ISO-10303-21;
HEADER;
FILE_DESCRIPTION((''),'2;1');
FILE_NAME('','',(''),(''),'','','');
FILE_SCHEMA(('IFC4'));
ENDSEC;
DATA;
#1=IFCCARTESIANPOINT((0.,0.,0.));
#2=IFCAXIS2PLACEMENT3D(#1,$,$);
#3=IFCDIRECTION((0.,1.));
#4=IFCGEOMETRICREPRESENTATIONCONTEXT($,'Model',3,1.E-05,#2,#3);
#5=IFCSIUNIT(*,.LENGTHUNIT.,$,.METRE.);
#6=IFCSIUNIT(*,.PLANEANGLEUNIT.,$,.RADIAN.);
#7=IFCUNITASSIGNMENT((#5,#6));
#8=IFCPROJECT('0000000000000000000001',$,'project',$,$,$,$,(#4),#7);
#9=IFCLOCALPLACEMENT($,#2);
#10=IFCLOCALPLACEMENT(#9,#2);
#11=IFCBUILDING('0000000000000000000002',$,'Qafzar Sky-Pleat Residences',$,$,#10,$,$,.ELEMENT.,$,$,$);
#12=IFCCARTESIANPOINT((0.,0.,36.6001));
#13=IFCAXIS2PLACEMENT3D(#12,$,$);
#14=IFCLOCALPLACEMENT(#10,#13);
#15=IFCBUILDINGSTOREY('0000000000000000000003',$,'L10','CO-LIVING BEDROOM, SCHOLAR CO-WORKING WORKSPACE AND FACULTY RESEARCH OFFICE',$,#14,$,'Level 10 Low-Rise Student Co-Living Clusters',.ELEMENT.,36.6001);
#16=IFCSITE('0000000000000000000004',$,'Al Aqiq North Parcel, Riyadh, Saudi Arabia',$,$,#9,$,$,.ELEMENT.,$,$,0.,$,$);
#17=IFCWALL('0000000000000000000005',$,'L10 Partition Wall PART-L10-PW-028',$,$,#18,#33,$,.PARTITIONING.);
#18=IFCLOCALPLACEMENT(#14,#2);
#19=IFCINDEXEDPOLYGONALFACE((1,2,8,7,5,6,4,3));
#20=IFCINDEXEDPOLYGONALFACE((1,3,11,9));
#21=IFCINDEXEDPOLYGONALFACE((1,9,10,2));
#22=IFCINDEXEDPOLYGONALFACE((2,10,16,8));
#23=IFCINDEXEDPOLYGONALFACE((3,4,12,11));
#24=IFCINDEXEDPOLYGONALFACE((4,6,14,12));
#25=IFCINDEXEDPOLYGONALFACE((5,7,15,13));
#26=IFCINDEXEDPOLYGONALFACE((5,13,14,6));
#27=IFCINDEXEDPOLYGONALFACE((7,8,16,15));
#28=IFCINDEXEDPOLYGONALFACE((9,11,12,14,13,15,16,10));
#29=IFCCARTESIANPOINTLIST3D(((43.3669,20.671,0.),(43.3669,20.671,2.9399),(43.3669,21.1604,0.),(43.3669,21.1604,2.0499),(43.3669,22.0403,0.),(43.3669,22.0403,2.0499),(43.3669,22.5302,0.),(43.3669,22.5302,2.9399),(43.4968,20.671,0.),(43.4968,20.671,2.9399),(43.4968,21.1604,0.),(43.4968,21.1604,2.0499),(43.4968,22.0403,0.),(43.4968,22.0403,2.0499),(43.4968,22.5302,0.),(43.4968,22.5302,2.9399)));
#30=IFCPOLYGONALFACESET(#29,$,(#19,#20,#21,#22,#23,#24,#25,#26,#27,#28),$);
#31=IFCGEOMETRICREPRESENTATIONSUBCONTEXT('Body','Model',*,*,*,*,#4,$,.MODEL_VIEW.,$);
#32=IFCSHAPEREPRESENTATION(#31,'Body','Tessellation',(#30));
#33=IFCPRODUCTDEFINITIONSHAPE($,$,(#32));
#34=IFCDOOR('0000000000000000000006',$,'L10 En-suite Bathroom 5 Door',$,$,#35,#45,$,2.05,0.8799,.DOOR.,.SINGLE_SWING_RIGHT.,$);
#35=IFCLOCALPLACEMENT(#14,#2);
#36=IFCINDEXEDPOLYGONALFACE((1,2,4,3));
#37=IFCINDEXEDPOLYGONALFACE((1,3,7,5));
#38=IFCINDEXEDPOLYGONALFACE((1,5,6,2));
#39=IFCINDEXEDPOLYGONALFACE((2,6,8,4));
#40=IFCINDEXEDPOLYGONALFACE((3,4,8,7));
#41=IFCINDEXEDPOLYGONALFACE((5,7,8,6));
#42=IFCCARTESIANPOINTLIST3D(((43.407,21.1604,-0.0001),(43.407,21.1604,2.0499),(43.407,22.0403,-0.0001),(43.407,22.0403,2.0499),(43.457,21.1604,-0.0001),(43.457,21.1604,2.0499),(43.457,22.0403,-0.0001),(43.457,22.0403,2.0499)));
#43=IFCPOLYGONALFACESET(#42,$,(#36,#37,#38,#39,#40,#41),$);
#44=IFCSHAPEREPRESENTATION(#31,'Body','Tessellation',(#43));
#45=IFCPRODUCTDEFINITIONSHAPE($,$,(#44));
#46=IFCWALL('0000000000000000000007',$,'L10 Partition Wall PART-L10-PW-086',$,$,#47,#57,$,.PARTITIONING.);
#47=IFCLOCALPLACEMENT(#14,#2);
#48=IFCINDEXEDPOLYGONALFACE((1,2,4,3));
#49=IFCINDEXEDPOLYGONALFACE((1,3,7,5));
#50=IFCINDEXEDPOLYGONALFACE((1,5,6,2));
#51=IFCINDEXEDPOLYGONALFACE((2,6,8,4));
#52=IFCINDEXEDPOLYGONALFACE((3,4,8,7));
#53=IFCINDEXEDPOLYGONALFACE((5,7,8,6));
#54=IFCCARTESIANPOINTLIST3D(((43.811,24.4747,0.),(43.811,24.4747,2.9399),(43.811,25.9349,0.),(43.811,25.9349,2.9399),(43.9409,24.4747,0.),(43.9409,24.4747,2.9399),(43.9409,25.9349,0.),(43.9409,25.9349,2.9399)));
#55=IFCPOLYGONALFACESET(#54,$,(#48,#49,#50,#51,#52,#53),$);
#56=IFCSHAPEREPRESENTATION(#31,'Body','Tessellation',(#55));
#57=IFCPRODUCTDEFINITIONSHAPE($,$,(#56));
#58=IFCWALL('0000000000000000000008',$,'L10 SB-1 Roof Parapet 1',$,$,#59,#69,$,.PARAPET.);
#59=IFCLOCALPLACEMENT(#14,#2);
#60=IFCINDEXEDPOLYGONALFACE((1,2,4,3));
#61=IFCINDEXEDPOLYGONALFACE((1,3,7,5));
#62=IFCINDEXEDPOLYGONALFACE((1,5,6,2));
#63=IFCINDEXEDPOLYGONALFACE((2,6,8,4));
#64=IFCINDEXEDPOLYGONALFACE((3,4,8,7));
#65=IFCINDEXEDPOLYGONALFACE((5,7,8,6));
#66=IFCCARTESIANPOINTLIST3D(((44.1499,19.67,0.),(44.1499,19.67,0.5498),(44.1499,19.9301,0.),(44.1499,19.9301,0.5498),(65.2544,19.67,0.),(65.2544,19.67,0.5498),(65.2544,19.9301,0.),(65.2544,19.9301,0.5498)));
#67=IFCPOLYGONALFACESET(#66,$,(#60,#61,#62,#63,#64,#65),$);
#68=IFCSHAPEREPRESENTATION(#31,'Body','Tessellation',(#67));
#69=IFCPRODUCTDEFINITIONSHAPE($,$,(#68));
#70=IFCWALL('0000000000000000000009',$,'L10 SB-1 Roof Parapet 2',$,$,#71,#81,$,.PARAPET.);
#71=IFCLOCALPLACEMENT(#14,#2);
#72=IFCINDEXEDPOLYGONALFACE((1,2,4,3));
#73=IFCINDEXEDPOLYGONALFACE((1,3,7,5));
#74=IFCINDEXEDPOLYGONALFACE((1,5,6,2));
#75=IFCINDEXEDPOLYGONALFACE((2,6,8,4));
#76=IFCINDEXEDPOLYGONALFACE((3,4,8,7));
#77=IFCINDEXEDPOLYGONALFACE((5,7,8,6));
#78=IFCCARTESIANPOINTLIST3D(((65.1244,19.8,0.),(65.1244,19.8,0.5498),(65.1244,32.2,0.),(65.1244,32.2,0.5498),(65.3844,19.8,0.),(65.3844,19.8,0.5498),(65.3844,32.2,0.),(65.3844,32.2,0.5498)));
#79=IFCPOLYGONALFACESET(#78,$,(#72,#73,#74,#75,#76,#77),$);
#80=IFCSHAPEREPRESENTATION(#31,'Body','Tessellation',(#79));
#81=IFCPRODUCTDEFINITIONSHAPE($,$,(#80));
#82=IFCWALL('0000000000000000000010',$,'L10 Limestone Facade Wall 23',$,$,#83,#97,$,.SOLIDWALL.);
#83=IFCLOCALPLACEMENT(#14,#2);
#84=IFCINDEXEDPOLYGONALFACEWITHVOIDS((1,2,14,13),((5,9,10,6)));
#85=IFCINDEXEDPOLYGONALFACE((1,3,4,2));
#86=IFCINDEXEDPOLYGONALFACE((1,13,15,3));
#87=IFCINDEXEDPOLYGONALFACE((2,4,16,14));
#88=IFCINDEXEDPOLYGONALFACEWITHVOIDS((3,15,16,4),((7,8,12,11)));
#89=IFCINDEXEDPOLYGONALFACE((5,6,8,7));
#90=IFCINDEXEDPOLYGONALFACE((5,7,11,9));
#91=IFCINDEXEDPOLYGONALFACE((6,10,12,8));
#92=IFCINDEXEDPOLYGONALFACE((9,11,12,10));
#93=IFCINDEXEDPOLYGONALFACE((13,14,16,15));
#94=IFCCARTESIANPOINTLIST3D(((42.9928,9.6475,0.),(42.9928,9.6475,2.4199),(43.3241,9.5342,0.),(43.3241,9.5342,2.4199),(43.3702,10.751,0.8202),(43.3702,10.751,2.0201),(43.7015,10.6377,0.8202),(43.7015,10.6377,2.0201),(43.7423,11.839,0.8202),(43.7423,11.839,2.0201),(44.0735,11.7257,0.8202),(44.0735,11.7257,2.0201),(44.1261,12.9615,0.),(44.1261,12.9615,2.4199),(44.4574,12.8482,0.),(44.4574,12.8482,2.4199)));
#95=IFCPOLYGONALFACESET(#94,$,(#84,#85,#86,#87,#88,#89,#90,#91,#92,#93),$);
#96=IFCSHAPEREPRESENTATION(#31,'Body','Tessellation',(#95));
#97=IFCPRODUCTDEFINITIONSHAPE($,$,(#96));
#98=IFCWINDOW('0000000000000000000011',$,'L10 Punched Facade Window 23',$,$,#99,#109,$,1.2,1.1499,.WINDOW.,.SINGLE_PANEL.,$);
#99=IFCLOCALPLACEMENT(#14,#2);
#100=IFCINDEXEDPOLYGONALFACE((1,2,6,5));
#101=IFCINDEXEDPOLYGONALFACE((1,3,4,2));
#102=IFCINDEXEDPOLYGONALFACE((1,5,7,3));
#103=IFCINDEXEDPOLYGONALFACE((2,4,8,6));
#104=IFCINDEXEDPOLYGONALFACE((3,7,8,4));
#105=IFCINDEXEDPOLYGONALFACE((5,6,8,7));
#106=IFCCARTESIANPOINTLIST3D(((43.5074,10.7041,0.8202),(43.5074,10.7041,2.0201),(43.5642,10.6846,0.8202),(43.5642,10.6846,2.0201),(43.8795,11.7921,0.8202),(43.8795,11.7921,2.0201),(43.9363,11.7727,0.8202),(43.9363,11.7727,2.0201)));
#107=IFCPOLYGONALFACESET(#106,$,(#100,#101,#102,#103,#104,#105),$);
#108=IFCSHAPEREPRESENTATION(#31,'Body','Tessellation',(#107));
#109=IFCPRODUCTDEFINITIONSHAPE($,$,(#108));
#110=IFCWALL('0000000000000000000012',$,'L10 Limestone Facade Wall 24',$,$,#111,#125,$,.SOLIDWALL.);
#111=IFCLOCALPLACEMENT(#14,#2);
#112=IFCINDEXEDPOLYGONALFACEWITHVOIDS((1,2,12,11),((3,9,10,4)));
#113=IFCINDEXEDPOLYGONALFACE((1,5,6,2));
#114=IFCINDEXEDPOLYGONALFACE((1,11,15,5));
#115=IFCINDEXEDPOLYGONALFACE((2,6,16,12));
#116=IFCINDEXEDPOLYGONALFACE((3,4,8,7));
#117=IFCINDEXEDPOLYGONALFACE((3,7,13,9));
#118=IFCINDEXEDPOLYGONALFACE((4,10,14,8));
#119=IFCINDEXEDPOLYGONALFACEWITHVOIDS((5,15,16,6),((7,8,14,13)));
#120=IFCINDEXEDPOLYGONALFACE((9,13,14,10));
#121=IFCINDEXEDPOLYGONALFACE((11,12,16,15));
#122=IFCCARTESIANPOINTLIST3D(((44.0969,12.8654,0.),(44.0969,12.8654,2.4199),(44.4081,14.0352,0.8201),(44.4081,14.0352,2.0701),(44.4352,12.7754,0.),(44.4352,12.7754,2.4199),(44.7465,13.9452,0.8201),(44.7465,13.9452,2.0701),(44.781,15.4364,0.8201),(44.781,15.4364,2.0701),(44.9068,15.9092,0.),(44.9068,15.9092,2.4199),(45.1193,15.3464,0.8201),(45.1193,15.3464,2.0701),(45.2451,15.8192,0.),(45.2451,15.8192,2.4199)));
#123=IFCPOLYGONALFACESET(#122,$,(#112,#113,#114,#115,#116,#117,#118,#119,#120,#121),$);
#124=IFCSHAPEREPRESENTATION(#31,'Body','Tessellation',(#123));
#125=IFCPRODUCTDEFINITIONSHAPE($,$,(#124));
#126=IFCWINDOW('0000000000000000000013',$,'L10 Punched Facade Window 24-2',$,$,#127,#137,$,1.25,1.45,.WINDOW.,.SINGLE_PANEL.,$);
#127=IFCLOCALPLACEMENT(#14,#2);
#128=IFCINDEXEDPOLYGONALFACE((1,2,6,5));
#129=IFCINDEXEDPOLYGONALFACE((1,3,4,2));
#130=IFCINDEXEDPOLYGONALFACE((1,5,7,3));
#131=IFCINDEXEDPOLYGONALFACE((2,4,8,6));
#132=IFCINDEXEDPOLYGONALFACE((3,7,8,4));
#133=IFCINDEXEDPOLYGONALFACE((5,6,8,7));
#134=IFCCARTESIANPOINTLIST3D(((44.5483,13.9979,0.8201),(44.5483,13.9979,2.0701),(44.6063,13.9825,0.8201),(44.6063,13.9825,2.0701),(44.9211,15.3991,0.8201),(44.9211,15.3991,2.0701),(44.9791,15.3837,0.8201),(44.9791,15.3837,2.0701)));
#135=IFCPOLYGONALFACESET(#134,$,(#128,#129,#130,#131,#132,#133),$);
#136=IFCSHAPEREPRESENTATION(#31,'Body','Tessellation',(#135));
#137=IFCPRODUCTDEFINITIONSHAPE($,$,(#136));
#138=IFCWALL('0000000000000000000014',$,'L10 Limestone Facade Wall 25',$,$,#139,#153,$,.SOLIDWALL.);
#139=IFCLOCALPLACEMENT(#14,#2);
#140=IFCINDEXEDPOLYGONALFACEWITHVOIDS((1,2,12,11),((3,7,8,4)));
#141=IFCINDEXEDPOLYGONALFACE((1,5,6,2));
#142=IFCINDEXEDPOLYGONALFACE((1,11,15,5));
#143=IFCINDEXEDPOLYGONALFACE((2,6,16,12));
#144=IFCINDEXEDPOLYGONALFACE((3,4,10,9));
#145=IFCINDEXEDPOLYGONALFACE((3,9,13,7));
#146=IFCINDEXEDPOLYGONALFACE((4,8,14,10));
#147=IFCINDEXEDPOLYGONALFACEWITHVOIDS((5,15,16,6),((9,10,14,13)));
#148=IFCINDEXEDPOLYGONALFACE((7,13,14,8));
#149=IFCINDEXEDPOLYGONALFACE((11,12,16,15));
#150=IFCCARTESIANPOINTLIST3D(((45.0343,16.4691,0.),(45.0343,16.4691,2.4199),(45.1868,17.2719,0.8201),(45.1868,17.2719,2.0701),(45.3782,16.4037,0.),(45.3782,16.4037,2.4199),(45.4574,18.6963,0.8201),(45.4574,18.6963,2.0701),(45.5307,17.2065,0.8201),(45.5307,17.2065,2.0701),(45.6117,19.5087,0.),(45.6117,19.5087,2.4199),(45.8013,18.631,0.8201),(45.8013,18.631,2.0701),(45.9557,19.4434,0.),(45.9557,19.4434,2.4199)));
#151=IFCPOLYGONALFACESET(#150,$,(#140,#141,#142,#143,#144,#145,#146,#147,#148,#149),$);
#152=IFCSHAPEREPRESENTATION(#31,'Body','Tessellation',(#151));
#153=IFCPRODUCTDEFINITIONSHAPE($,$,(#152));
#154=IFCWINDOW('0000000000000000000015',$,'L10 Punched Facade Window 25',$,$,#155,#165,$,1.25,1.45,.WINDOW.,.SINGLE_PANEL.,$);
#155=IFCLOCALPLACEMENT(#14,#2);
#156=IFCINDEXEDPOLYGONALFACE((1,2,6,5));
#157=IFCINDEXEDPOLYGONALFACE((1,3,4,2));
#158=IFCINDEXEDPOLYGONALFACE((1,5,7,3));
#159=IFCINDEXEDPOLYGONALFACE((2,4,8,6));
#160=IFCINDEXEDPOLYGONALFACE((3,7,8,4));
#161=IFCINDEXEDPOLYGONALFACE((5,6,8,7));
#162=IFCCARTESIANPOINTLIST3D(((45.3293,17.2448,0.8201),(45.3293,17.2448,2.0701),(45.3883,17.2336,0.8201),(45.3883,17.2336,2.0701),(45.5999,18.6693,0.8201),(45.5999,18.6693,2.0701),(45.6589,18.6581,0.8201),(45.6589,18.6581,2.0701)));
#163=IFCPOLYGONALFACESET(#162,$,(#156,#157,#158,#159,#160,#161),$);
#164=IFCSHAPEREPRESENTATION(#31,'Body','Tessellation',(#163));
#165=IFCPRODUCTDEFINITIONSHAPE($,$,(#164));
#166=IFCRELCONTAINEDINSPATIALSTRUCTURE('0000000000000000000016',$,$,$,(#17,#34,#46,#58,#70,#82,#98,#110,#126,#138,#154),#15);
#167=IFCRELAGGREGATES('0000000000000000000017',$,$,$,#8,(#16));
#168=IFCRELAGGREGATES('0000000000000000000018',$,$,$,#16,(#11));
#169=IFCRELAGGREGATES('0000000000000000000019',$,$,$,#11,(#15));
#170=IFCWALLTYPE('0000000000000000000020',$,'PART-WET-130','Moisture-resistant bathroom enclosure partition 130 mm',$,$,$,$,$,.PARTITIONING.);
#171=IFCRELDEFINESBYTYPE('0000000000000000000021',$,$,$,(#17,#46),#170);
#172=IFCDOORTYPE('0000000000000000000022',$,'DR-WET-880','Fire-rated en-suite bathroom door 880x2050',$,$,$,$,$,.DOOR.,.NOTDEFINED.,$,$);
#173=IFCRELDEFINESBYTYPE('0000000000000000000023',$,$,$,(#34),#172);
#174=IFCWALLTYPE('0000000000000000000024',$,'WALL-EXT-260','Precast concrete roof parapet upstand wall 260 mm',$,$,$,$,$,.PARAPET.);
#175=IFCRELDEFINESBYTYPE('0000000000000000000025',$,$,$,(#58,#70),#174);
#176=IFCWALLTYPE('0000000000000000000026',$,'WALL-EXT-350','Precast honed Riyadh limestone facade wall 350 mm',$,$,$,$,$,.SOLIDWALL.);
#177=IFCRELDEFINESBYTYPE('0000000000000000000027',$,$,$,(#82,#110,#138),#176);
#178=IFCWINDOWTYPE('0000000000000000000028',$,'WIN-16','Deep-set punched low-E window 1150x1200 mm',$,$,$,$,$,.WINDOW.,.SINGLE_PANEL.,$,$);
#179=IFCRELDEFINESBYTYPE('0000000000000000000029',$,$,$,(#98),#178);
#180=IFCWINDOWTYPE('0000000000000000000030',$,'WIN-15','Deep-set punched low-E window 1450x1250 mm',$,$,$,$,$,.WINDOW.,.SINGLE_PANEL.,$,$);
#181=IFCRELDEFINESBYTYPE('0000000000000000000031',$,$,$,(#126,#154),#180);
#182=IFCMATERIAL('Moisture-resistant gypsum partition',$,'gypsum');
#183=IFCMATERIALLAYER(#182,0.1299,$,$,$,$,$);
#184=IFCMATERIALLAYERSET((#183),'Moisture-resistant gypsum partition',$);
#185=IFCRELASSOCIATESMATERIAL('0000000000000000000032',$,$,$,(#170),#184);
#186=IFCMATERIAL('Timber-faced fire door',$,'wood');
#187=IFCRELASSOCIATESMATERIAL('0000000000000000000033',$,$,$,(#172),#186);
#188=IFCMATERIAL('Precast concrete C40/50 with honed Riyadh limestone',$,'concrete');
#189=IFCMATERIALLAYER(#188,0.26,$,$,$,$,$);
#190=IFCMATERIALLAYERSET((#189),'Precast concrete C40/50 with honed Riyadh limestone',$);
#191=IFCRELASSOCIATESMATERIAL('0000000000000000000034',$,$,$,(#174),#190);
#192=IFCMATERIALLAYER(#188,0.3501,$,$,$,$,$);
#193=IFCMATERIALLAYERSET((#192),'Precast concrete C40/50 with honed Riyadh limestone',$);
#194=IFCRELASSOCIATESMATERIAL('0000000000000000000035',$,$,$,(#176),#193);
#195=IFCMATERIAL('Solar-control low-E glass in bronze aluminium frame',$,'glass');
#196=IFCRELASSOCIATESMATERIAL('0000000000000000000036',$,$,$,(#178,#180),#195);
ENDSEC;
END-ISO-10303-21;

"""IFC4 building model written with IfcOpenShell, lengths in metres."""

from ifc_helpers import new_model, si_unit, direction, frame, frame_2d, origin, place, context, subcontext, project, spatial, rectangle, extrude, source, transform, mapped, material, layer, layer_set, type_object, element, fill, save


model = new_model("IFC4")

# Units and contexts
model_context = context("Model", 3, precision=1e-05, world=origin(), true_north=direction((0.0, 1.0)))
body_context = subcontext(model_context, "Body", "Model", "MODEL_VIEW")
ifc_project = project(units=[si_unit("LENGTHUNIT", "METRE"), si_unit("PLANEANGLEUNIT", "RADIAN")], contexts=[model_context])

# Site, building, storey
site_placement = place(None, origin())
site = spatial("IfcSite", under=ifc_project, at=site_placement, Name="Al Aqiq North Parcel, Riyadh, Saudi Arabia", CompositionType="ELEMENT", RefElevation=0.0)
building_placement = place(site_placement, origin())
building = spatial("IfcBuilding", under=site, at=building_placement, Name="Qafzar Sky-Pleat Residences", CompositionType="ELEMENT")
storey_placement = place(building_placement, frame((0.0, 0.0, 36.6001)))
storey = spatial("IfcBuildingStorey", under=building, at=storey_placement, Name="L10", Description="CO-LIVING BEDROOM, SCHOLAR CO-WORKING WORKSPACE AND FACULTY RESEARCH OFFICE", LongName="Level 10 Low-Rise Student Co-Living Clusters", CompositionType="ELEMENT", Elevation=36.6001)

# Wall, opening, door
ifc_material_1 = material(Name="Moisture-resistant gypsum partition", Category="gypsum")
ifc_layer_1 = layer(ifc_material_1, 0.1299)
ifc_layer_set_1 = layer_set([ifc_layer_1], Name="Moisture-resistant gypsum partition")
wall_type_1 = type_object("IfcWallType", Name="PART-WET-130", Description="Moisture-resistant bathroom enclosure partition 130 mm", PredefinedType="PARTITIONING", material=ifc_layer_set_1)
wall_1_placement = place(storey_placement, frame((43.4319, 20.6709, 0.0), z_axis=(0.0, 0.0, 1.0), x_axis=(0.0, 1.0, 0.0)))
wall_1 = element("IfcWall", 1, at=wall_1_placement, inside=storey, type_object=wall_type_1, Name="L10 Partition Wall PART-L10-PW-028", PredefinedType="PARTITIONING", context=body_context, shape_type="SweptSolid", body=[
    extrude(rectangle(XDim=1.8591, YDim=0.1299, at=frame_2d((0.9297, 0.0))), origin(), (0.0, 0.0, 1.0), 2.9399),
])
opening_1_placement = place(wall_1_placement, frame((0.4895, 0.0, 0.0)))
opening_1 = element("IfcOpeningElement", 2, at=opening_1_placement, cuts=wall_1, PredefinedType="OPENING", context=body_context, shape_type="SweptSolid", body=[
    extrude(rectangle(XDim=0.8799, YDim=2.05, at=frame_2d((0.4399, 1.0249))), frame((0.0, 0.075, 0.0), z_axis=(0.0, -1.0, 0.0), x_axis=(1.0, 0.0, 0.0)), (0.0, 0.0, 1.0), 0.1499),
])
ifc_material_2 = material(Name="Timber-faced fire door", Category="wood")
door_type = type_object("IfcDoorType", Name="DR-WET-880", Description="Fire-rated en-suite bathroom door 880x2050", OperationType="NOTDEFINED", PredefinedType="DOOR", material=ifc_material_2)
shared_shape_1 = source(origin(), body_context, "Body", "SweptSolid", [
    extrude(rectangle(XDim=0.8799, YDim=2.05, at=frame_2d((0.4399, 1.0249))), frame((0.0, 0.0249, 0.0), z_axis=(0.0, -1.0, 0.0), x_axis=(1.0, 0.0, 0.0)), (0.0, 0.0, 1.0), 0.05),
])
door_placement = place(opening_1_placement, origin())
door = element("IfcDoor", 3, at=door_placement, inside=storey, type_object=door_type, Name="L10 En-suite Bathroom 5 Door", OperationType="SINGLE_SWING_RIGHT", OverallHeight=2.05, OverallWidth=0.8799, PredefinedType="DOOR", context=body_context, shape_type="MappedRepresentation", body=[
    mapped(shared_shape_1, transform((0.0, 0.0, 0.0), x_axis=(1.0, 0.0, 0.0), y_axis=(0.0, 1.0, 0.0), z_axis=(0.0, 0.0, 1.0), scale=1.0)),
])
fill(opening_1, door)

# Walls
wall_2_placement = place(storey_placement, frame((43.876, 24.4749, 0.0), z_axis=(0.0, 0.0, 1.0), x_axis=(0.0, 1.0, 0.0)))
element("IfcWall", 4, at=wall_2_placement, inside=storey, type_object=wall_type_1, Name="L10 Partition Wall PART-L10-PW-086", PredefinedType="PARTITIONING", context=body_context, shape_type="SweptSolid", body=[
    extrude(rectangle(XDim=1.4602, YDim=0.1299, at=frame_2d((0.73, 0.0))), origin(), (0.0, 0.0, 1.0), 2.9399),
])
ifc_material_3 = material(Name="Precast concrete C40/50 with honed Riyadh limestone", Category="concrete")
ifc_layer_2 = layer(ifc_material_3, 0.26)
ifc_layer_set_2 = layer_set([ifc_layer_2], Name="Precast concrete C40/50 with honed Riyadh limestone")
wall_type_2 = type_object("IfcWallType", Name="WALL-EXT-260", Description="Precast concrete roof parapet upstand wall 260 mm", PredefinedType="PARAPET", material=ifc_layer_set_2)
wall_3_placement = place(storey_placement, frame((44.1499, 19.8, 0.0), z_axis=(0.0, 0.0, 1.0), x_axis=(1.0, 0.0, 0.0)))
element("IfcWall", 5, at=wall_3_placement, inside=storey, type_object=wall_type_2, Name="L10 SB-1 Roof Parapet 1", PredefinedType="PARAPET", context=body_context, shape_type="SweptSolid", body=[
    extrude(rectangle(XDim=21.1045, YDim=0.26, at=frame_2d((10.5522, 0.0))), origin(), (0.0, 0.0, 1.0), 0.5498),
])
wall_4_placement = place(storey_placement, frame((65.2544, 19.8, 0.0), z_axis=(0.0, 0.0, 1.0), x_axis=(0.0, 1.0, 0.0)))
element("IfcWall", 6, at=wall_4_placement, inside=storey, type_object=wall_type_2, Name="L10 SB-1 Roof Parapet 2", PredefinedType="PARAPET", context=body_context, shape_type="SweptSolid", body=[
    extrude(rectangle(XDim=12.3999, YDim=0.26, at=frame_2d((6.2, 0.0))), origin(), (0.0, 0.0, 1.0), 0.5498),
])

# Walls, openings, windows
ifc_layer_3 = layer(ifc_material_3, 0.3501)
ifc_layer_set_3 = layer_set([ifc_layer_3], Name="Precast concrete C40/50 with honed Riyadh limestone")
wall_type_3 = type_object("IfcWallType", Name="WALL-EXT-350", Description="Precast honed Riyadh limestone facade wall 350 mm", PredefinedType="SOLIDWALL", material=ifc_layer_set_3)
wall_5_placement = place(storey_placement, frame((43.1584, 9.5908, 0.0), z_axis=(0.0, 0.0, 1.0), x_axis=(0.323579, 0.946201, 0.0)))
wall_5 = element("IfcWall", 7, at=wall_5_placement, inside=storey, type_object=wall_type_3, Name="L10 Limestone Facade Wall 23", PredefinedType="SOLIDWALL", context=body_context, shape_type="SweptSolid", body=[
    extrude(rectangle(XDim=3.5024, YDim=0.3501, at=frame_2d((1.7512, 0.0))), origin(), (0.0, 0.0, 1.0), 2.4199),
])
opening_2_placement = place(wall_5_placement, frame((1.1663, 0.0, 0.8201)))
opening_2 = element("IfcOpeningElement", 8, at=opening_2_placement, cuts=wall_5, PredefinedType="OPENING", context=body_context, shape_type="SweptSolid", body=[
    extrude(rectangle(XDim=1.1499, YDim=1.2, at=frame_2d((0.575, 0.6001))), frame((0.0, 0.1851, 0.0), z_axis=(0.0, -1.0, 0.0), x_axis=(1.0, 0.0, 0.0)), (0.0, 0.0, 1.0), 0.3701),
])
ifc_material_4 = material(Name="Solar-control low-E glass in bronze aluminium frame", Category="glass")
window_type_1 = type_object("IfcWindowType", Name="WIN-16", Description="Deep-set punched low-E window 1150x1200 mm", PartitioningType="SINGLE_PANEL", PredefinedType="WINDOW", material=ifc_material_4)
shared_shape_2 = source(origin(), body_context, "Body", "SweptSolid", [
    extrude(rectangle(XDim=1.1499, YDim=1.2, at=frame_2d((0.575, 0.6001))), frame((0.0, 0.03, 0.0), z_axis=(0.0, -1.0, 0.0), x_axis=(1.0, 0.0, 0.0)), (0.0, 0.0, 1.0), 0.0601),
])
window_1_placement = place(opening_2_placement, origin())
window_1 = element("IfcWindow", 9, at=window_1_placement, inside=storey, type_object=window_type_1, Name="L10 Punched Facade Window 23", OverallHeight=1.2, OverallWidth=1.1499, PartitioningType="SINGLE_PANEL", PredefinedType="WINDOW", context=body_context, shape_type="MappedRepresentation", body=[
    mapped(shared_shape_2, transform((0.0, 0.0, 0.0), x_axis=(1.0, 0.0, 0.0), y_axis=(0.0, 1.0, 0.0), z_axis=(0.0, 0.0, 1.0), scale=1.0)),
])
fill(opening_2, window_1)
wall_6_placement = place(storey_placement, frame((44.2661, 12.8206, 0.0), z_axis=(0.0, 0.0, 1.0), x_axis=(0.257117, 0.96638, 0.0)))
wall_6 = element("IfcWall", 10, at=wall_6_placement, inside=storey, type_object=wall_type_3, Name="L10 Limestone Facade Wall 24", PredefinedType="SOLIDWALL", context=body_context, shape_type="SweptSolid", body=[
    extrude(rectangle(XDim=3.1497, YDim=0.3501, at=frame_2d((1.5747, 0.0))), origin(), (0.0, 0.0, 1.0), 2.4199),
])
opening_3_placement = place(wall_6_placement, frame((1.2102, 0.0, 0.8201)))
opening_3 = element("IfcOpeningElement", 11, at=opening_3_placement, cuts=wall_6, PredefinedType="OPENING", context=body_context, shape_type="SweptSolid", body=[
    extrude(rectangle(XDim=1.45, YDim=1.25, at=frame_2d((0.7251, 0.625))), frame((0.0, 0.1851, 0.0), z_axis=(0.0, -1.0, 0.0), x_axis=(1.0, 0.0, 0.0)), (0.0, 0.0, 1.0), 0.3701),
])
window_type_2 = type_object("IfcWindowType", Name="WIN-15", Description="Deep-set punched low-E window 1450x1250 mm", PartitioningType="SINGLE_PANEL", PredefinedType="WINDOW", material=ifc_material_4)
shared_shape_3 = source(origin(), body_context, "Body", "SweptSolid", [
    extrude(rectangle(XDim=1.45, YDim=1.25, at=frame_2d((0.7251, 0.625))), frame((0.0, 0.03, 0.0), z_axis=(0.0, -1.0, 0.0), x_axis=(1.0, 0.0, 0.0)), (0.0, 0.0, 1.0), 0.0601),
])
window_2_placement = place(opening_3_placement, origin())
window_2 = element("IfcWindow", 12, at=window_2_placement, inside=storey, type_object=window_type_2, Name="L10 Punched Facade Window 24-2", OverallHeight=1.25, OverallWidth=1.45, PartitioningType="SINGLE_PANEL", PredefinedType="WINDOW", context=body_context, shape_type="MappedRepresentation", body=[
    mapped(shared_shape_3, transform((0.0, 0.0, 0.0), x_axis=(1.0, 0.0, 0.0), y_axis=(0.0, 1.0, 0.0), z_axis=(0.0, 0.0, 1.0), scale=1.0)),
])
fill(opening_3, window_2)
wall_7_placement = place(storey_placement, frame((45.2063, 16.4365, 0.0), z_axis=(0.0, 0.0, 1.0), x_axis=(0.186623, 0.982432, 0.0)))
wall_7 = element("IfcWall", 13, at=wall_7_placement, inside=storey, type_object=wall_type_3, Name="L10 Limestone Facade Wall 25", PredefinedType="SOLIDWALL", context=body_context, shape_type="SweptSolid", body=[
    extrude(rectangle(XDim=3.094, YDim=0.3501, at=frame_2d((1.5469, 0.0))), origin(), (0.0, 0.0, 1.0), 2.4199),
])
opening_4_placement = place(wall_7_placement, frame((0.8169, 0.0, 0.8201)))
opening_4 = element("IfcOpeningElement", 14, at=opening_4_placement, cuts=wall_7, PredefinedType="OPENING", context=body_context, shape_type="SweptSolid", body=[
    extrude(rectangle(XDim=1.45, YDim=1.25, at=frame_2d((0.7251, 0.625))), frame((0.0, 0.1851, 0.0), z_axis=(0.0, -1.0, 0.0), x_axis=(1.0, 0.0, 0.0)), (0.0, 0.0, 1.0), 0.3701),
])
window_3_placement = place(opening_4_placement, origin())
window_3 = element("IfcWindow", 15, at=window_3_placement, inside=storey, type_object=window_type_2, Name="L10 Punched Facade Window 25", OverallHeight=1.25, OverallWidth=1.45, PartitioningType="SINGLE_PANEL", PredefinedType="WINDOW", context=body_context, shape_type="MappedRepresentation", body=[
    mapped(shared_shape_3, transform((0.0, 0.0, 0.0), x_axis=(1.0, 0.0, 0.0), y_axis=(0.0, 1.0, 0.0), z_axis=(0.0, 0.0, 1.0), scale=1.0)),
])
fill(opening_4, window_3)

save(model, "model.ifc")
